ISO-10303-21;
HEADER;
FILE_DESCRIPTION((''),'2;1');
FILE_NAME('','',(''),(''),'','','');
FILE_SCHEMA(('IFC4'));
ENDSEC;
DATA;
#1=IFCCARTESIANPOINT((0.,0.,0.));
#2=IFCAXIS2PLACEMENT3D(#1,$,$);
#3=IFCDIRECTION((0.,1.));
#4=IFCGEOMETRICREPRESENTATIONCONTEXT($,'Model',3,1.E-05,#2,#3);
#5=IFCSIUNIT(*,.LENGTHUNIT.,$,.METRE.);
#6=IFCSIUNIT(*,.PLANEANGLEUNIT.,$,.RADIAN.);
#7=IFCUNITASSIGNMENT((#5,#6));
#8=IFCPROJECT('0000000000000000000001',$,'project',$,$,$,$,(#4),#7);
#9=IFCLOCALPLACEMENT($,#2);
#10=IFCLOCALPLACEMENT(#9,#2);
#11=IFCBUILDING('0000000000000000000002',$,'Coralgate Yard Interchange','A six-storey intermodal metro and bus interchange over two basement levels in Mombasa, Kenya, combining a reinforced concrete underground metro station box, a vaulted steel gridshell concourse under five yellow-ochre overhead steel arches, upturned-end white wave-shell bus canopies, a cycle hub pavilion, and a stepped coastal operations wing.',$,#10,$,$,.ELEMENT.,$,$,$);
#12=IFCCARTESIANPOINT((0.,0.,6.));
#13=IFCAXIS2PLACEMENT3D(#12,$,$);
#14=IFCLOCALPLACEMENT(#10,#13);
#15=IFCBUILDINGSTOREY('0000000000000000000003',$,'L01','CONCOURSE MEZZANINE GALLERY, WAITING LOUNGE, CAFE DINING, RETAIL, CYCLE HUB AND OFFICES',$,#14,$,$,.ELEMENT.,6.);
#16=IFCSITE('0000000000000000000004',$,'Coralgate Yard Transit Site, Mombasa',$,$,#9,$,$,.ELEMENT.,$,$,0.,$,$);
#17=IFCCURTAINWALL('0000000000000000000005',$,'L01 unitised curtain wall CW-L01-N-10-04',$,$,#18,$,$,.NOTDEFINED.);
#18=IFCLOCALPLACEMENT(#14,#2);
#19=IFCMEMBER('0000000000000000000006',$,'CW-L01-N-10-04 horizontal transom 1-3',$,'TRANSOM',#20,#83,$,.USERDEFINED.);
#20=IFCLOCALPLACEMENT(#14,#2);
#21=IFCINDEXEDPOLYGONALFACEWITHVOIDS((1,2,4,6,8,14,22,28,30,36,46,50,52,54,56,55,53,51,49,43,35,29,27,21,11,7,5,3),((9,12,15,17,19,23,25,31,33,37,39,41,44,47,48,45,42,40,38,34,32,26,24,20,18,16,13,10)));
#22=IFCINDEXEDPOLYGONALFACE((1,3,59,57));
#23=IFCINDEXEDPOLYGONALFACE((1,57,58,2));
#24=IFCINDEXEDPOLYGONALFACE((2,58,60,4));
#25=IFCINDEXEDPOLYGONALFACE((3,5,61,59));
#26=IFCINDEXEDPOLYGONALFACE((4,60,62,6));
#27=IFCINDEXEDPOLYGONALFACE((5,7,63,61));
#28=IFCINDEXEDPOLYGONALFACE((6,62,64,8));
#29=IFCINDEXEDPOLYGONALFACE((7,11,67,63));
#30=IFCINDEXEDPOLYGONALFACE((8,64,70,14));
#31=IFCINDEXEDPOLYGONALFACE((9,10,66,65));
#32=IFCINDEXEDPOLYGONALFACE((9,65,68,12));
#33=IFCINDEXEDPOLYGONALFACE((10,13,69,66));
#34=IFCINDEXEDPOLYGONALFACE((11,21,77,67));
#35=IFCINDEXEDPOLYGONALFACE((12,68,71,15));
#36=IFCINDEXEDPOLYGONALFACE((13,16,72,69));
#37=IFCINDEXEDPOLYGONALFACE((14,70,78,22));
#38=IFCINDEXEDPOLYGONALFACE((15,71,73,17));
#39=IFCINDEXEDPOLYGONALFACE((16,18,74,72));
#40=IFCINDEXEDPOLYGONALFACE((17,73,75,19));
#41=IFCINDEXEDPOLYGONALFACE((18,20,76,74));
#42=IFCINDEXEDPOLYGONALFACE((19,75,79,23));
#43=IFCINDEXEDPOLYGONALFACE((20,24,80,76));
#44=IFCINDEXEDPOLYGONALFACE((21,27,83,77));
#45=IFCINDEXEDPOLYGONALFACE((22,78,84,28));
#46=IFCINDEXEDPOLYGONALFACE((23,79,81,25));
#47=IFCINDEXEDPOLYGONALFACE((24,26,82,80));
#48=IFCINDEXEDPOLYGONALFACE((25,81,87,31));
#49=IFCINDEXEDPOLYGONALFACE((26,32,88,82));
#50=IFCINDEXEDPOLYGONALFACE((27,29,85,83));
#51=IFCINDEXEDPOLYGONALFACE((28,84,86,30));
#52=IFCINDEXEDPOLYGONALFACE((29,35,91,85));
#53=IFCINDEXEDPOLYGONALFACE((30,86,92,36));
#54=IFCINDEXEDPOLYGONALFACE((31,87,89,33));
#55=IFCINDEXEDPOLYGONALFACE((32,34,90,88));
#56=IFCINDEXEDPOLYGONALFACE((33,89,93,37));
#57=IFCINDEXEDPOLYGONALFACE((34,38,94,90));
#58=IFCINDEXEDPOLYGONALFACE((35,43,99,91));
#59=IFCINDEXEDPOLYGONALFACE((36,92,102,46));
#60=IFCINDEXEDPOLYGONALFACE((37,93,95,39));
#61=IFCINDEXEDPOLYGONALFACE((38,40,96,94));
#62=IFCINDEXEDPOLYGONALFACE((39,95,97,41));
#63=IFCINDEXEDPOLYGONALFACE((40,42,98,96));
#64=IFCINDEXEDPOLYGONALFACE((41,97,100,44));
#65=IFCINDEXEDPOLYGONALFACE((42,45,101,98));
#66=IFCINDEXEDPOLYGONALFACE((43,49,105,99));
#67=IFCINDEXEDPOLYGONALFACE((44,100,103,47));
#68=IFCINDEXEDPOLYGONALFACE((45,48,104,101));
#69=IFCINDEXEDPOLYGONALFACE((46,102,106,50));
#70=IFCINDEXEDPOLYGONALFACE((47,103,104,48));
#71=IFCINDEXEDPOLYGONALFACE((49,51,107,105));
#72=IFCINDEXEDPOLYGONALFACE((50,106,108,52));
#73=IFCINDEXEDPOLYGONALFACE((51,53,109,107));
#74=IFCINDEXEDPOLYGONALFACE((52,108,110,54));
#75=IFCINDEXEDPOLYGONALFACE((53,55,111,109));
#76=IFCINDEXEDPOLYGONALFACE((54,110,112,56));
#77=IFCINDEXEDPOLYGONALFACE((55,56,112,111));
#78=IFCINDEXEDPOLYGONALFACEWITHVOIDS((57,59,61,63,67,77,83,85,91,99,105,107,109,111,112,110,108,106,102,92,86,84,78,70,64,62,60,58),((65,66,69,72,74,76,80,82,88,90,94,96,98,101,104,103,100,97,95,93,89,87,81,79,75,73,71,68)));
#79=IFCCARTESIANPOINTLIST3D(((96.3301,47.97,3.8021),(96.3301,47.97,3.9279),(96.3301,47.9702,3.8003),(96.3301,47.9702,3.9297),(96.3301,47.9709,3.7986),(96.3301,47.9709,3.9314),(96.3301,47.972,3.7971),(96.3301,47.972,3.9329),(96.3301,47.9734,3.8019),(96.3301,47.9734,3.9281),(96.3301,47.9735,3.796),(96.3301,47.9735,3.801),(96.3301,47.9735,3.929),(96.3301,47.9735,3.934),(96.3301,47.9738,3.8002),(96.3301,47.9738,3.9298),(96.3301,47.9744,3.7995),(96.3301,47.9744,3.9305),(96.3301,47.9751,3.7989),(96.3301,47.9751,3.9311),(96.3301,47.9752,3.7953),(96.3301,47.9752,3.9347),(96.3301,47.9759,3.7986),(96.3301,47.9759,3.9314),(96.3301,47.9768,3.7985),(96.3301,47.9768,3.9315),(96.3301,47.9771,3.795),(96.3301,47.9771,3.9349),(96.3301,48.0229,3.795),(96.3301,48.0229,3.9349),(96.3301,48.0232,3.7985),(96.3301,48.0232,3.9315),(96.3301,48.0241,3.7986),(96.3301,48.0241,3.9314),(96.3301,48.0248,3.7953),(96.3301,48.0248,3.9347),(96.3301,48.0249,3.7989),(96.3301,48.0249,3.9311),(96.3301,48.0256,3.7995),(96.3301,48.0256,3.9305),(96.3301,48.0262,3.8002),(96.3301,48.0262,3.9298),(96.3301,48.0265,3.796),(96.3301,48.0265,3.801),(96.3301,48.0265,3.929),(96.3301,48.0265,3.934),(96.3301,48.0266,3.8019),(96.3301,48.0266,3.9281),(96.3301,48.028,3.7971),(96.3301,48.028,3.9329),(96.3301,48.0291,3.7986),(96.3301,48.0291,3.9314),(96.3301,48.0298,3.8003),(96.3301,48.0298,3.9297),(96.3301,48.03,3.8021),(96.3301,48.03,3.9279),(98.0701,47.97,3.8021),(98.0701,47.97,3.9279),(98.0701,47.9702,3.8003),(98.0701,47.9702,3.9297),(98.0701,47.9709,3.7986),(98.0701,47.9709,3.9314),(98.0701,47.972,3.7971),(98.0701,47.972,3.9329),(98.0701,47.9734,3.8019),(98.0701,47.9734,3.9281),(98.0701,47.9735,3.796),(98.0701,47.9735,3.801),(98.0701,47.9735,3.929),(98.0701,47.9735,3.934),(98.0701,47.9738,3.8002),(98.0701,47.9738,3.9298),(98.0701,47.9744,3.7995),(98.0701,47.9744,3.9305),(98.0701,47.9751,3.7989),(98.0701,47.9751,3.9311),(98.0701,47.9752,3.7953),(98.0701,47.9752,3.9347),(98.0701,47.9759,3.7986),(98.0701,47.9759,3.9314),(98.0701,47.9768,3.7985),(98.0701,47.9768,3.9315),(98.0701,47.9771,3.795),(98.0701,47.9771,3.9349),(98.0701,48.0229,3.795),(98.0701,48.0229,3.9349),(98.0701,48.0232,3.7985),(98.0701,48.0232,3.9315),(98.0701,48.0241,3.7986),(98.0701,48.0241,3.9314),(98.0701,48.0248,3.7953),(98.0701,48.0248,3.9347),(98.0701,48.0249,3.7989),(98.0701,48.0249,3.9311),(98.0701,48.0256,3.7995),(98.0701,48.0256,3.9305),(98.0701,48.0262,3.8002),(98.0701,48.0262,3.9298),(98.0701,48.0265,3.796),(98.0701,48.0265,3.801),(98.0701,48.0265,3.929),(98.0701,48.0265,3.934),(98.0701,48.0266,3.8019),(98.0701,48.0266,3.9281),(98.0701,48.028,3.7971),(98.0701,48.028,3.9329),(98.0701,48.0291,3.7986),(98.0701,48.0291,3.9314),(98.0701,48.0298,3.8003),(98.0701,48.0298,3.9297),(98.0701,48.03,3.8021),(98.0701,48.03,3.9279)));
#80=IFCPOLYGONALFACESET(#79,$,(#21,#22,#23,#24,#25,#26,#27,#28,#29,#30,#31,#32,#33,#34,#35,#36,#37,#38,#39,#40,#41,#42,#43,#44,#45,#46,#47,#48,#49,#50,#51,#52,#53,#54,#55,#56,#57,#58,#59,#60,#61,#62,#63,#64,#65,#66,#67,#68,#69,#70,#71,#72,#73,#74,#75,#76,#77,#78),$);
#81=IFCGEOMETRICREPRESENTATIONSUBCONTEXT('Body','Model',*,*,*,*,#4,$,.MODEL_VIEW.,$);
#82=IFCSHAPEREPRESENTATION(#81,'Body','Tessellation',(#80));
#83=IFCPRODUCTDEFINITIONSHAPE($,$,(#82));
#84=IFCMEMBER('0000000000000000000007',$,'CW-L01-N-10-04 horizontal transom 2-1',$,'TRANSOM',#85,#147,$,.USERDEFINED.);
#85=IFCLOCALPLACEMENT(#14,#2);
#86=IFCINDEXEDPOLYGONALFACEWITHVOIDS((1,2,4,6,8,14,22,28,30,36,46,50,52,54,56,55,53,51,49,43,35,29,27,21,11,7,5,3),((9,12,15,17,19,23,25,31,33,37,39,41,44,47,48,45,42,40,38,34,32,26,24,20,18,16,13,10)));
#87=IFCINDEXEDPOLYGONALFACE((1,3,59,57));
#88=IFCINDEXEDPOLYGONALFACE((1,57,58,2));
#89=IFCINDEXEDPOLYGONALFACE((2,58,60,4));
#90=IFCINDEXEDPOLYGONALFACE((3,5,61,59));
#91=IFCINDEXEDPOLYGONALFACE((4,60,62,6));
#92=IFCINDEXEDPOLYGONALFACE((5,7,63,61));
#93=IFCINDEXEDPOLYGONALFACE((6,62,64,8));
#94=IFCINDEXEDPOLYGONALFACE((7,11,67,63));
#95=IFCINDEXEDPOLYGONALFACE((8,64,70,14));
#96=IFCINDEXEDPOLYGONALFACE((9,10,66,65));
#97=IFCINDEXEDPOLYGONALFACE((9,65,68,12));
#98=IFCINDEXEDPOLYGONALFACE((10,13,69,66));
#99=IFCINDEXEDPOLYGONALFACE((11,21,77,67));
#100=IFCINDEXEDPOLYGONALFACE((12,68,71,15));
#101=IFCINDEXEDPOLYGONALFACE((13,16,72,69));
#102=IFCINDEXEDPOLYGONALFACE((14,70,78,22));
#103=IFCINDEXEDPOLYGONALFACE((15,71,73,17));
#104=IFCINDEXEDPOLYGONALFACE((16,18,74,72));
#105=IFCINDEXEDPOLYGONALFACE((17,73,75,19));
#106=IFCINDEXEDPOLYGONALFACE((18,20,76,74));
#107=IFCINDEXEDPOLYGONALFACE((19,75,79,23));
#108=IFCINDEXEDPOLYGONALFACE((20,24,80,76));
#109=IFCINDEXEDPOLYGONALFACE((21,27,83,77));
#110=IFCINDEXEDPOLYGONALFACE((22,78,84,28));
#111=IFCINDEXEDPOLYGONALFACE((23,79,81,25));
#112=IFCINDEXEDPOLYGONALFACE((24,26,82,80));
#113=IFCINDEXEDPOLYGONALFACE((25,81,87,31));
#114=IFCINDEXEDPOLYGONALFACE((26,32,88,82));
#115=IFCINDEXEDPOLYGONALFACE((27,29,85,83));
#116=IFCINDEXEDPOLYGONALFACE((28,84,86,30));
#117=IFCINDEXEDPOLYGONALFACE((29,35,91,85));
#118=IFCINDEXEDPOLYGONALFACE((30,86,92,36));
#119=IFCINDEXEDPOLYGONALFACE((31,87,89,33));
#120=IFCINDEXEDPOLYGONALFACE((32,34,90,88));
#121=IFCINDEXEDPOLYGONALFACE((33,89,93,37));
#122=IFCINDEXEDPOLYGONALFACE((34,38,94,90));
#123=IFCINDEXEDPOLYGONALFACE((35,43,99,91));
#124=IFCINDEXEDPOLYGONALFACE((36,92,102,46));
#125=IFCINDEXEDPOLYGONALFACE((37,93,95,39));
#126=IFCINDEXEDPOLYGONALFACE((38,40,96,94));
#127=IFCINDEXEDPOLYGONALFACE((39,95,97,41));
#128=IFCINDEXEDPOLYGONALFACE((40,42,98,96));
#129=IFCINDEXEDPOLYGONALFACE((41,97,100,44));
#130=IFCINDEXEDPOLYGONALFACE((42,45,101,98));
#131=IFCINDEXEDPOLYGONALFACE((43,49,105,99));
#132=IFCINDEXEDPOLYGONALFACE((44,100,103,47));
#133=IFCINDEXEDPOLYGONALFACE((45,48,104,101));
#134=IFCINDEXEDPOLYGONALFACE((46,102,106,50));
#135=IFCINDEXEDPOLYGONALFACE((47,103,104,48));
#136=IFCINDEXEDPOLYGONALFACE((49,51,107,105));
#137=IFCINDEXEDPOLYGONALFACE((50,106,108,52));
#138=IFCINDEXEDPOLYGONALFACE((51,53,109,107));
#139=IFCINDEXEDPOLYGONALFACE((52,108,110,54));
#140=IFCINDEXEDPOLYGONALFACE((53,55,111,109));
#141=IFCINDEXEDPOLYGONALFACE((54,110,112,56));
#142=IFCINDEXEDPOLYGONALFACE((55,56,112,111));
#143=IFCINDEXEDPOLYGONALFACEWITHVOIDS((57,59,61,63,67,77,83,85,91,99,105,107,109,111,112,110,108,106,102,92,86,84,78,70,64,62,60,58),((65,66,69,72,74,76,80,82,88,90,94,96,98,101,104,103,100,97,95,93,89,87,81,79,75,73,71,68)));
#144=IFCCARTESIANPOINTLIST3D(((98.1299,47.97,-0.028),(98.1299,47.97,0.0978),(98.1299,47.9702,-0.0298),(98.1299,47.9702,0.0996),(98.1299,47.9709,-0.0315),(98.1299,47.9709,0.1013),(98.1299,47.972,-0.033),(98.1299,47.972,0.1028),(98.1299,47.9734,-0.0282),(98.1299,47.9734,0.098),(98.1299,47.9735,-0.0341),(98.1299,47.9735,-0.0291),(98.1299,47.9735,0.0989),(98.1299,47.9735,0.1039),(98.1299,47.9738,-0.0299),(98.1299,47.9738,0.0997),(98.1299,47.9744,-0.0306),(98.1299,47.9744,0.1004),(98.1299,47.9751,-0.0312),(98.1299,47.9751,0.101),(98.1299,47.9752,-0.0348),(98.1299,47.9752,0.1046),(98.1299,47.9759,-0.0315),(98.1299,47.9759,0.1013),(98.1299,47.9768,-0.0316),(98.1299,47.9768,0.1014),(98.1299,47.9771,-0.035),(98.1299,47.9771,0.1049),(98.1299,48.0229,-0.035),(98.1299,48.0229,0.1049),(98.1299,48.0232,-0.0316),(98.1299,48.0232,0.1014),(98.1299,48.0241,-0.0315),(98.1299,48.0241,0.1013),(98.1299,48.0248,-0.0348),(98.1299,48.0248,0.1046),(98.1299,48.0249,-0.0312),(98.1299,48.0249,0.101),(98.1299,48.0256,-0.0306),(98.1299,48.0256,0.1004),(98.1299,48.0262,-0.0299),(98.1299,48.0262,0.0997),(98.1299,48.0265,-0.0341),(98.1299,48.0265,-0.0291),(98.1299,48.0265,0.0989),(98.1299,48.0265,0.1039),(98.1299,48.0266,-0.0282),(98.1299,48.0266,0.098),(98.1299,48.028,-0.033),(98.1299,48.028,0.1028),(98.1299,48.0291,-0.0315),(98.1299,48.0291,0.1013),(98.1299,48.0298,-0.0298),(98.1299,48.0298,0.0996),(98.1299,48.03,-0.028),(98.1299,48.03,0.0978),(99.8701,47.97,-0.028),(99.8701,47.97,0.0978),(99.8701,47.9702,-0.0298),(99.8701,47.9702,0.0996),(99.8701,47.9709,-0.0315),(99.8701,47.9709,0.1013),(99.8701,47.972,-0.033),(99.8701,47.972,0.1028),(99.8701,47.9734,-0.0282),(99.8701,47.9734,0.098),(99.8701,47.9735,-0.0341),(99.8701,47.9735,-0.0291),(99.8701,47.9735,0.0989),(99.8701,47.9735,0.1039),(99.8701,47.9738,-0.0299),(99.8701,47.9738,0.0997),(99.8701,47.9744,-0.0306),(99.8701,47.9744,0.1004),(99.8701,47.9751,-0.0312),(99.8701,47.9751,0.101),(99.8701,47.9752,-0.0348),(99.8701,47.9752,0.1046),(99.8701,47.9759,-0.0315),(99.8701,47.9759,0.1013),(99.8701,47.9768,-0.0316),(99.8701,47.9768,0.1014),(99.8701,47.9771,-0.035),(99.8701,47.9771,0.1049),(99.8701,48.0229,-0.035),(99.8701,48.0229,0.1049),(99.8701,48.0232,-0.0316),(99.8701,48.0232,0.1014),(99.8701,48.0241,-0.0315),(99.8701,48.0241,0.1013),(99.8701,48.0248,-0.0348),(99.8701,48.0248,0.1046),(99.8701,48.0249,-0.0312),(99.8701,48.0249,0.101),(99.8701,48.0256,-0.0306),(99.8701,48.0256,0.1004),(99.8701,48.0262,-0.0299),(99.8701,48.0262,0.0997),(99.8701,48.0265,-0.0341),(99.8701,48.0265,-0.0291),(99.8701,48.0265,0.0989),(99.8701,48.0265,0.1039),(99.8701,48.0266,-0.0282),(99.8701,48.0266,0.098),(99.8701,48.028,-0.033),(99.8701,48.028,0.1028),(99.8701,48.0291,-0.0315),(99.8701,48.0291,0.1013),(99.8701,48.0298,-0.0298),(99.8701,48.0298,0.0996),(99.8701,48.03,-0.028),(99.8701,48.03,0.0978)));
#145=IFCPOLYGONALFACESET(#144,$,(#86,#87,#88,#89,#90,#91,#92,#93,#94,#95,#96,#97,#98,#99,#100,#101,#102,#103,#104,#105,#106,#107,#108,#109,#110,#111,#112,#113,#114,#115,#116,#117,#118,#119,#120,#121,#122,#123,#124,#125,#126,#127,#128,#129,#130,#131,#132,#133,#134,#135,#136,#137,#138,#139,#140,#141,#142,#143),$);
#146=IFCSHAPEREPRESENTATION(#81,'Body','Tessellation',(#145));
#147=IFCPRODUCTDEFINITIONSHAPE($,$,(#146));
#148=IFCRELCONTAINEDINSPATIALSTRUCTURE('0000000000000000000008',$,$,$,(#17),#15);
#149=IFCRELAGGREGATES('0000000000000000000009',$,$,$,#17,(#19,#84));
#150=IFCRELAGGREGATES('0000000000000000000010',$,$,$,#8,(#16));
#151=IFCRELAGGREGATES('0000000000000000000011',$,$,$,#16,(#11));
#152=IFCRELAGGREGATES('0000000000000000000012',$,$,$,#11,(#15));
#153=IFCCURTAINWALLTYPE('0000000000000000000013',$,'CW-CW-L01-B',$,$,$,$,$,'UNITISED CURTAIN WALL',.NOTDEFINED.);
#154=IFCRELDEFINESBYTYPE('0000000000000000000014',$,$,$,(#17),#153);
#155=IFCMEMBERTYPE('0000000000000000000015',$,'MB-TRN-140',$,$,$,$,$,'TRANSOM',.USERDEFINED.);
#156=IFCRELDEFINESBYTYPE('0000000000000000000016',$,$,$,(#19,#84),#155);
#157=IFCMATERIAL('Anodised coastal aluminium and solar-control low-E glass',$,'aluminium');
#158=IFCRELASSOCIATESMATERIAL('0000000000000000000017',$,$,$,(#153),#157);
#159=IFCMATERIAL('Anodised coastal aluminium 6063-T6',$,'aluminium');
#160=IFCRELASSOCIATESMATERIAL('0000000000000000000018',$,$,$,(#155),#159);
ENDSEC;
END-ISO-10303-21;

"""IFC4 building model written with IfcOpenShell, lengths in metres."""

from ifc_helpers import new_model, si_unit, direction, frame, origin, origin_2d, place, context, subcontext, project, spatial, hollow_rectangle, extrude, material, material_profile, profile_set, type_object, element, aggregate, save


model = new_model("IFC4")

# Units and contexts
model_context = context("Model", 3, precision=1e-05, world=origin(), true_north=direction((0.0, 1.0)))
body_context = subcontext(model_context, "Body", "Model", "MODEL_VIEW")
ifc_project = project(units=[si_unit("LENGTHUNIT", "METRE"), si_unit("PLANEANGLEUNIT", "RADIAN")], contexts=[model_context])

# Site, building, storey
site_placement = place(None, origin())
site = spatial("IfcSite", under=ifc_project, at=site_placement, Name="Coralgate Yard Transit Site, Mombasa", CompositionType="ELEMENT", RefElevation=0.0)
building_placement = place(site_placement, origin())
building = spatial("IfcBuilding", under=site, at=building_placement, Name="Coralgate Yard Interchange", Description="A six-storey intermodal metro and bus interchange over two basement levels in Mombasa, Kenya, combining a reinforced concrete underground metro station box, a vaulted steel gridshell concourse under five yellow-ochre overhead steel arches, upturned-end white wave-shell bus canopies, a cycle hub pavilion, and a stepped coastal operations wing.", CompositionType="ELEMENT")
storey_placement = place(building_placement, frame((0.0, 0.0, 6.0)))
storey = spatial("IfcBuildingStorey", under=building, at=storey_placement, Name="L01", Description="CONCOURSE MEZZANINE GALLERY, WAITING LOUNGE, CAFE DINING, RETAIL, CYCLE HUB AND OFFICES", CompositionType="ELEMENT", Elevation=6.0)

# Curtain wall
ifc_material_1 = material(Name="Anodised coastal aluminium and solar-control low-E glass", Category="aluminium")
ifc_material_2 = material(Name="Anodised coastal aluminium 6063-T6", Category="aluminium")
curtain_wall_type_1 = type_object("IfcCurtainWallType", Name="CW-CW-L01-B", ElementType="UNITISED CURTAIN WALL", PredefinedType="NOTDEFINED", material=ifc_material_1)
curtain_wall_1_placement = place(storey_placement, origin())
curtain_wall_1 = element("IfcCurtainWall", 1, at=curtain_wall_1_placement, inside=storey, type_object=curtain_wall_type_1, Name="L01 unitised curtain wall CW-L01-N-10-04", PredefinedType="NOTDEFINED")

# Members
ifc_material_profile_1 = material_profile(ifc_material_2, hollow_rectangle(XDim=0.0601, YDim=0.1399, WallThickness=0.0034, InnerFilletRadius=0.0034, OuterFilletRadius=0.0071, at=origin_2d()), Name="ALU 60x140x3.5")
ifc_profile_set_1 = profile_set([ifc_material_profile_1], Name="Anodised coastal aluminium 6063-T6")
member_type_1 = type_object("IfcMemberType", Name="MB-TRN-140", ElementType="TRANSOM", PredefinedType="USERDEFINED", material=ifc_profile_set_1)
member_1_placement = place(storey_placement, frame((96.3301, 48.0, 3.865), z_axis=(1.0, 0.0, 0.0), x_axis=(0.0, 1.0, 0.0)))
member_1 = element("IfcMember", 2, at=member_1_placement, type_object=member_type_1, Name="CW-L01-N-10-04 horizontal transom 1-3", ObjectType="TRANSOM", PredefinedType="USERDEFINED", context=body_context, shape_type="SweptSolid", body=[
    extrude(hollow_rectangle(XDim=0.0601, YDim=0.1399, WallThickness=0.0034, InnerFilletRadius=0.0034, OuterFilletRadius=0.0071, at=origin_2d()), origin(), (0.0, 0.0, 1.0), 1.74),
])
member_2_placement = place(storey_placement, frame((98.1299, 48.0, 0.0349), z_axis=(1.0, 0.0, 0.0), x_axis=(0.0, 1.0, 0.0)))
member_2 = element("IfcMember", 3, at=member_2_placement, type_object=member_type_1, Name="CW-L01-N-10-04 horizontal transom 2-1", ObjectType="TRANSOM", PredefinedType="USERDEFINED", context=body_context, shape_type="SweptSolid", body=[
    extrude(hollow_rectangle(XDim=0.0601, YDim=0.1399, WallThickness=0.0034, InnerFilletRadius=0.0034, OuterFilletRadius=0.0071, at=origin_2d()), origin(), (0.0, 0.0, 1.0), 1.7402),
])

aggregate(curtain_wall_1, [member_1, member_2])

save(model, "model.ifc")
